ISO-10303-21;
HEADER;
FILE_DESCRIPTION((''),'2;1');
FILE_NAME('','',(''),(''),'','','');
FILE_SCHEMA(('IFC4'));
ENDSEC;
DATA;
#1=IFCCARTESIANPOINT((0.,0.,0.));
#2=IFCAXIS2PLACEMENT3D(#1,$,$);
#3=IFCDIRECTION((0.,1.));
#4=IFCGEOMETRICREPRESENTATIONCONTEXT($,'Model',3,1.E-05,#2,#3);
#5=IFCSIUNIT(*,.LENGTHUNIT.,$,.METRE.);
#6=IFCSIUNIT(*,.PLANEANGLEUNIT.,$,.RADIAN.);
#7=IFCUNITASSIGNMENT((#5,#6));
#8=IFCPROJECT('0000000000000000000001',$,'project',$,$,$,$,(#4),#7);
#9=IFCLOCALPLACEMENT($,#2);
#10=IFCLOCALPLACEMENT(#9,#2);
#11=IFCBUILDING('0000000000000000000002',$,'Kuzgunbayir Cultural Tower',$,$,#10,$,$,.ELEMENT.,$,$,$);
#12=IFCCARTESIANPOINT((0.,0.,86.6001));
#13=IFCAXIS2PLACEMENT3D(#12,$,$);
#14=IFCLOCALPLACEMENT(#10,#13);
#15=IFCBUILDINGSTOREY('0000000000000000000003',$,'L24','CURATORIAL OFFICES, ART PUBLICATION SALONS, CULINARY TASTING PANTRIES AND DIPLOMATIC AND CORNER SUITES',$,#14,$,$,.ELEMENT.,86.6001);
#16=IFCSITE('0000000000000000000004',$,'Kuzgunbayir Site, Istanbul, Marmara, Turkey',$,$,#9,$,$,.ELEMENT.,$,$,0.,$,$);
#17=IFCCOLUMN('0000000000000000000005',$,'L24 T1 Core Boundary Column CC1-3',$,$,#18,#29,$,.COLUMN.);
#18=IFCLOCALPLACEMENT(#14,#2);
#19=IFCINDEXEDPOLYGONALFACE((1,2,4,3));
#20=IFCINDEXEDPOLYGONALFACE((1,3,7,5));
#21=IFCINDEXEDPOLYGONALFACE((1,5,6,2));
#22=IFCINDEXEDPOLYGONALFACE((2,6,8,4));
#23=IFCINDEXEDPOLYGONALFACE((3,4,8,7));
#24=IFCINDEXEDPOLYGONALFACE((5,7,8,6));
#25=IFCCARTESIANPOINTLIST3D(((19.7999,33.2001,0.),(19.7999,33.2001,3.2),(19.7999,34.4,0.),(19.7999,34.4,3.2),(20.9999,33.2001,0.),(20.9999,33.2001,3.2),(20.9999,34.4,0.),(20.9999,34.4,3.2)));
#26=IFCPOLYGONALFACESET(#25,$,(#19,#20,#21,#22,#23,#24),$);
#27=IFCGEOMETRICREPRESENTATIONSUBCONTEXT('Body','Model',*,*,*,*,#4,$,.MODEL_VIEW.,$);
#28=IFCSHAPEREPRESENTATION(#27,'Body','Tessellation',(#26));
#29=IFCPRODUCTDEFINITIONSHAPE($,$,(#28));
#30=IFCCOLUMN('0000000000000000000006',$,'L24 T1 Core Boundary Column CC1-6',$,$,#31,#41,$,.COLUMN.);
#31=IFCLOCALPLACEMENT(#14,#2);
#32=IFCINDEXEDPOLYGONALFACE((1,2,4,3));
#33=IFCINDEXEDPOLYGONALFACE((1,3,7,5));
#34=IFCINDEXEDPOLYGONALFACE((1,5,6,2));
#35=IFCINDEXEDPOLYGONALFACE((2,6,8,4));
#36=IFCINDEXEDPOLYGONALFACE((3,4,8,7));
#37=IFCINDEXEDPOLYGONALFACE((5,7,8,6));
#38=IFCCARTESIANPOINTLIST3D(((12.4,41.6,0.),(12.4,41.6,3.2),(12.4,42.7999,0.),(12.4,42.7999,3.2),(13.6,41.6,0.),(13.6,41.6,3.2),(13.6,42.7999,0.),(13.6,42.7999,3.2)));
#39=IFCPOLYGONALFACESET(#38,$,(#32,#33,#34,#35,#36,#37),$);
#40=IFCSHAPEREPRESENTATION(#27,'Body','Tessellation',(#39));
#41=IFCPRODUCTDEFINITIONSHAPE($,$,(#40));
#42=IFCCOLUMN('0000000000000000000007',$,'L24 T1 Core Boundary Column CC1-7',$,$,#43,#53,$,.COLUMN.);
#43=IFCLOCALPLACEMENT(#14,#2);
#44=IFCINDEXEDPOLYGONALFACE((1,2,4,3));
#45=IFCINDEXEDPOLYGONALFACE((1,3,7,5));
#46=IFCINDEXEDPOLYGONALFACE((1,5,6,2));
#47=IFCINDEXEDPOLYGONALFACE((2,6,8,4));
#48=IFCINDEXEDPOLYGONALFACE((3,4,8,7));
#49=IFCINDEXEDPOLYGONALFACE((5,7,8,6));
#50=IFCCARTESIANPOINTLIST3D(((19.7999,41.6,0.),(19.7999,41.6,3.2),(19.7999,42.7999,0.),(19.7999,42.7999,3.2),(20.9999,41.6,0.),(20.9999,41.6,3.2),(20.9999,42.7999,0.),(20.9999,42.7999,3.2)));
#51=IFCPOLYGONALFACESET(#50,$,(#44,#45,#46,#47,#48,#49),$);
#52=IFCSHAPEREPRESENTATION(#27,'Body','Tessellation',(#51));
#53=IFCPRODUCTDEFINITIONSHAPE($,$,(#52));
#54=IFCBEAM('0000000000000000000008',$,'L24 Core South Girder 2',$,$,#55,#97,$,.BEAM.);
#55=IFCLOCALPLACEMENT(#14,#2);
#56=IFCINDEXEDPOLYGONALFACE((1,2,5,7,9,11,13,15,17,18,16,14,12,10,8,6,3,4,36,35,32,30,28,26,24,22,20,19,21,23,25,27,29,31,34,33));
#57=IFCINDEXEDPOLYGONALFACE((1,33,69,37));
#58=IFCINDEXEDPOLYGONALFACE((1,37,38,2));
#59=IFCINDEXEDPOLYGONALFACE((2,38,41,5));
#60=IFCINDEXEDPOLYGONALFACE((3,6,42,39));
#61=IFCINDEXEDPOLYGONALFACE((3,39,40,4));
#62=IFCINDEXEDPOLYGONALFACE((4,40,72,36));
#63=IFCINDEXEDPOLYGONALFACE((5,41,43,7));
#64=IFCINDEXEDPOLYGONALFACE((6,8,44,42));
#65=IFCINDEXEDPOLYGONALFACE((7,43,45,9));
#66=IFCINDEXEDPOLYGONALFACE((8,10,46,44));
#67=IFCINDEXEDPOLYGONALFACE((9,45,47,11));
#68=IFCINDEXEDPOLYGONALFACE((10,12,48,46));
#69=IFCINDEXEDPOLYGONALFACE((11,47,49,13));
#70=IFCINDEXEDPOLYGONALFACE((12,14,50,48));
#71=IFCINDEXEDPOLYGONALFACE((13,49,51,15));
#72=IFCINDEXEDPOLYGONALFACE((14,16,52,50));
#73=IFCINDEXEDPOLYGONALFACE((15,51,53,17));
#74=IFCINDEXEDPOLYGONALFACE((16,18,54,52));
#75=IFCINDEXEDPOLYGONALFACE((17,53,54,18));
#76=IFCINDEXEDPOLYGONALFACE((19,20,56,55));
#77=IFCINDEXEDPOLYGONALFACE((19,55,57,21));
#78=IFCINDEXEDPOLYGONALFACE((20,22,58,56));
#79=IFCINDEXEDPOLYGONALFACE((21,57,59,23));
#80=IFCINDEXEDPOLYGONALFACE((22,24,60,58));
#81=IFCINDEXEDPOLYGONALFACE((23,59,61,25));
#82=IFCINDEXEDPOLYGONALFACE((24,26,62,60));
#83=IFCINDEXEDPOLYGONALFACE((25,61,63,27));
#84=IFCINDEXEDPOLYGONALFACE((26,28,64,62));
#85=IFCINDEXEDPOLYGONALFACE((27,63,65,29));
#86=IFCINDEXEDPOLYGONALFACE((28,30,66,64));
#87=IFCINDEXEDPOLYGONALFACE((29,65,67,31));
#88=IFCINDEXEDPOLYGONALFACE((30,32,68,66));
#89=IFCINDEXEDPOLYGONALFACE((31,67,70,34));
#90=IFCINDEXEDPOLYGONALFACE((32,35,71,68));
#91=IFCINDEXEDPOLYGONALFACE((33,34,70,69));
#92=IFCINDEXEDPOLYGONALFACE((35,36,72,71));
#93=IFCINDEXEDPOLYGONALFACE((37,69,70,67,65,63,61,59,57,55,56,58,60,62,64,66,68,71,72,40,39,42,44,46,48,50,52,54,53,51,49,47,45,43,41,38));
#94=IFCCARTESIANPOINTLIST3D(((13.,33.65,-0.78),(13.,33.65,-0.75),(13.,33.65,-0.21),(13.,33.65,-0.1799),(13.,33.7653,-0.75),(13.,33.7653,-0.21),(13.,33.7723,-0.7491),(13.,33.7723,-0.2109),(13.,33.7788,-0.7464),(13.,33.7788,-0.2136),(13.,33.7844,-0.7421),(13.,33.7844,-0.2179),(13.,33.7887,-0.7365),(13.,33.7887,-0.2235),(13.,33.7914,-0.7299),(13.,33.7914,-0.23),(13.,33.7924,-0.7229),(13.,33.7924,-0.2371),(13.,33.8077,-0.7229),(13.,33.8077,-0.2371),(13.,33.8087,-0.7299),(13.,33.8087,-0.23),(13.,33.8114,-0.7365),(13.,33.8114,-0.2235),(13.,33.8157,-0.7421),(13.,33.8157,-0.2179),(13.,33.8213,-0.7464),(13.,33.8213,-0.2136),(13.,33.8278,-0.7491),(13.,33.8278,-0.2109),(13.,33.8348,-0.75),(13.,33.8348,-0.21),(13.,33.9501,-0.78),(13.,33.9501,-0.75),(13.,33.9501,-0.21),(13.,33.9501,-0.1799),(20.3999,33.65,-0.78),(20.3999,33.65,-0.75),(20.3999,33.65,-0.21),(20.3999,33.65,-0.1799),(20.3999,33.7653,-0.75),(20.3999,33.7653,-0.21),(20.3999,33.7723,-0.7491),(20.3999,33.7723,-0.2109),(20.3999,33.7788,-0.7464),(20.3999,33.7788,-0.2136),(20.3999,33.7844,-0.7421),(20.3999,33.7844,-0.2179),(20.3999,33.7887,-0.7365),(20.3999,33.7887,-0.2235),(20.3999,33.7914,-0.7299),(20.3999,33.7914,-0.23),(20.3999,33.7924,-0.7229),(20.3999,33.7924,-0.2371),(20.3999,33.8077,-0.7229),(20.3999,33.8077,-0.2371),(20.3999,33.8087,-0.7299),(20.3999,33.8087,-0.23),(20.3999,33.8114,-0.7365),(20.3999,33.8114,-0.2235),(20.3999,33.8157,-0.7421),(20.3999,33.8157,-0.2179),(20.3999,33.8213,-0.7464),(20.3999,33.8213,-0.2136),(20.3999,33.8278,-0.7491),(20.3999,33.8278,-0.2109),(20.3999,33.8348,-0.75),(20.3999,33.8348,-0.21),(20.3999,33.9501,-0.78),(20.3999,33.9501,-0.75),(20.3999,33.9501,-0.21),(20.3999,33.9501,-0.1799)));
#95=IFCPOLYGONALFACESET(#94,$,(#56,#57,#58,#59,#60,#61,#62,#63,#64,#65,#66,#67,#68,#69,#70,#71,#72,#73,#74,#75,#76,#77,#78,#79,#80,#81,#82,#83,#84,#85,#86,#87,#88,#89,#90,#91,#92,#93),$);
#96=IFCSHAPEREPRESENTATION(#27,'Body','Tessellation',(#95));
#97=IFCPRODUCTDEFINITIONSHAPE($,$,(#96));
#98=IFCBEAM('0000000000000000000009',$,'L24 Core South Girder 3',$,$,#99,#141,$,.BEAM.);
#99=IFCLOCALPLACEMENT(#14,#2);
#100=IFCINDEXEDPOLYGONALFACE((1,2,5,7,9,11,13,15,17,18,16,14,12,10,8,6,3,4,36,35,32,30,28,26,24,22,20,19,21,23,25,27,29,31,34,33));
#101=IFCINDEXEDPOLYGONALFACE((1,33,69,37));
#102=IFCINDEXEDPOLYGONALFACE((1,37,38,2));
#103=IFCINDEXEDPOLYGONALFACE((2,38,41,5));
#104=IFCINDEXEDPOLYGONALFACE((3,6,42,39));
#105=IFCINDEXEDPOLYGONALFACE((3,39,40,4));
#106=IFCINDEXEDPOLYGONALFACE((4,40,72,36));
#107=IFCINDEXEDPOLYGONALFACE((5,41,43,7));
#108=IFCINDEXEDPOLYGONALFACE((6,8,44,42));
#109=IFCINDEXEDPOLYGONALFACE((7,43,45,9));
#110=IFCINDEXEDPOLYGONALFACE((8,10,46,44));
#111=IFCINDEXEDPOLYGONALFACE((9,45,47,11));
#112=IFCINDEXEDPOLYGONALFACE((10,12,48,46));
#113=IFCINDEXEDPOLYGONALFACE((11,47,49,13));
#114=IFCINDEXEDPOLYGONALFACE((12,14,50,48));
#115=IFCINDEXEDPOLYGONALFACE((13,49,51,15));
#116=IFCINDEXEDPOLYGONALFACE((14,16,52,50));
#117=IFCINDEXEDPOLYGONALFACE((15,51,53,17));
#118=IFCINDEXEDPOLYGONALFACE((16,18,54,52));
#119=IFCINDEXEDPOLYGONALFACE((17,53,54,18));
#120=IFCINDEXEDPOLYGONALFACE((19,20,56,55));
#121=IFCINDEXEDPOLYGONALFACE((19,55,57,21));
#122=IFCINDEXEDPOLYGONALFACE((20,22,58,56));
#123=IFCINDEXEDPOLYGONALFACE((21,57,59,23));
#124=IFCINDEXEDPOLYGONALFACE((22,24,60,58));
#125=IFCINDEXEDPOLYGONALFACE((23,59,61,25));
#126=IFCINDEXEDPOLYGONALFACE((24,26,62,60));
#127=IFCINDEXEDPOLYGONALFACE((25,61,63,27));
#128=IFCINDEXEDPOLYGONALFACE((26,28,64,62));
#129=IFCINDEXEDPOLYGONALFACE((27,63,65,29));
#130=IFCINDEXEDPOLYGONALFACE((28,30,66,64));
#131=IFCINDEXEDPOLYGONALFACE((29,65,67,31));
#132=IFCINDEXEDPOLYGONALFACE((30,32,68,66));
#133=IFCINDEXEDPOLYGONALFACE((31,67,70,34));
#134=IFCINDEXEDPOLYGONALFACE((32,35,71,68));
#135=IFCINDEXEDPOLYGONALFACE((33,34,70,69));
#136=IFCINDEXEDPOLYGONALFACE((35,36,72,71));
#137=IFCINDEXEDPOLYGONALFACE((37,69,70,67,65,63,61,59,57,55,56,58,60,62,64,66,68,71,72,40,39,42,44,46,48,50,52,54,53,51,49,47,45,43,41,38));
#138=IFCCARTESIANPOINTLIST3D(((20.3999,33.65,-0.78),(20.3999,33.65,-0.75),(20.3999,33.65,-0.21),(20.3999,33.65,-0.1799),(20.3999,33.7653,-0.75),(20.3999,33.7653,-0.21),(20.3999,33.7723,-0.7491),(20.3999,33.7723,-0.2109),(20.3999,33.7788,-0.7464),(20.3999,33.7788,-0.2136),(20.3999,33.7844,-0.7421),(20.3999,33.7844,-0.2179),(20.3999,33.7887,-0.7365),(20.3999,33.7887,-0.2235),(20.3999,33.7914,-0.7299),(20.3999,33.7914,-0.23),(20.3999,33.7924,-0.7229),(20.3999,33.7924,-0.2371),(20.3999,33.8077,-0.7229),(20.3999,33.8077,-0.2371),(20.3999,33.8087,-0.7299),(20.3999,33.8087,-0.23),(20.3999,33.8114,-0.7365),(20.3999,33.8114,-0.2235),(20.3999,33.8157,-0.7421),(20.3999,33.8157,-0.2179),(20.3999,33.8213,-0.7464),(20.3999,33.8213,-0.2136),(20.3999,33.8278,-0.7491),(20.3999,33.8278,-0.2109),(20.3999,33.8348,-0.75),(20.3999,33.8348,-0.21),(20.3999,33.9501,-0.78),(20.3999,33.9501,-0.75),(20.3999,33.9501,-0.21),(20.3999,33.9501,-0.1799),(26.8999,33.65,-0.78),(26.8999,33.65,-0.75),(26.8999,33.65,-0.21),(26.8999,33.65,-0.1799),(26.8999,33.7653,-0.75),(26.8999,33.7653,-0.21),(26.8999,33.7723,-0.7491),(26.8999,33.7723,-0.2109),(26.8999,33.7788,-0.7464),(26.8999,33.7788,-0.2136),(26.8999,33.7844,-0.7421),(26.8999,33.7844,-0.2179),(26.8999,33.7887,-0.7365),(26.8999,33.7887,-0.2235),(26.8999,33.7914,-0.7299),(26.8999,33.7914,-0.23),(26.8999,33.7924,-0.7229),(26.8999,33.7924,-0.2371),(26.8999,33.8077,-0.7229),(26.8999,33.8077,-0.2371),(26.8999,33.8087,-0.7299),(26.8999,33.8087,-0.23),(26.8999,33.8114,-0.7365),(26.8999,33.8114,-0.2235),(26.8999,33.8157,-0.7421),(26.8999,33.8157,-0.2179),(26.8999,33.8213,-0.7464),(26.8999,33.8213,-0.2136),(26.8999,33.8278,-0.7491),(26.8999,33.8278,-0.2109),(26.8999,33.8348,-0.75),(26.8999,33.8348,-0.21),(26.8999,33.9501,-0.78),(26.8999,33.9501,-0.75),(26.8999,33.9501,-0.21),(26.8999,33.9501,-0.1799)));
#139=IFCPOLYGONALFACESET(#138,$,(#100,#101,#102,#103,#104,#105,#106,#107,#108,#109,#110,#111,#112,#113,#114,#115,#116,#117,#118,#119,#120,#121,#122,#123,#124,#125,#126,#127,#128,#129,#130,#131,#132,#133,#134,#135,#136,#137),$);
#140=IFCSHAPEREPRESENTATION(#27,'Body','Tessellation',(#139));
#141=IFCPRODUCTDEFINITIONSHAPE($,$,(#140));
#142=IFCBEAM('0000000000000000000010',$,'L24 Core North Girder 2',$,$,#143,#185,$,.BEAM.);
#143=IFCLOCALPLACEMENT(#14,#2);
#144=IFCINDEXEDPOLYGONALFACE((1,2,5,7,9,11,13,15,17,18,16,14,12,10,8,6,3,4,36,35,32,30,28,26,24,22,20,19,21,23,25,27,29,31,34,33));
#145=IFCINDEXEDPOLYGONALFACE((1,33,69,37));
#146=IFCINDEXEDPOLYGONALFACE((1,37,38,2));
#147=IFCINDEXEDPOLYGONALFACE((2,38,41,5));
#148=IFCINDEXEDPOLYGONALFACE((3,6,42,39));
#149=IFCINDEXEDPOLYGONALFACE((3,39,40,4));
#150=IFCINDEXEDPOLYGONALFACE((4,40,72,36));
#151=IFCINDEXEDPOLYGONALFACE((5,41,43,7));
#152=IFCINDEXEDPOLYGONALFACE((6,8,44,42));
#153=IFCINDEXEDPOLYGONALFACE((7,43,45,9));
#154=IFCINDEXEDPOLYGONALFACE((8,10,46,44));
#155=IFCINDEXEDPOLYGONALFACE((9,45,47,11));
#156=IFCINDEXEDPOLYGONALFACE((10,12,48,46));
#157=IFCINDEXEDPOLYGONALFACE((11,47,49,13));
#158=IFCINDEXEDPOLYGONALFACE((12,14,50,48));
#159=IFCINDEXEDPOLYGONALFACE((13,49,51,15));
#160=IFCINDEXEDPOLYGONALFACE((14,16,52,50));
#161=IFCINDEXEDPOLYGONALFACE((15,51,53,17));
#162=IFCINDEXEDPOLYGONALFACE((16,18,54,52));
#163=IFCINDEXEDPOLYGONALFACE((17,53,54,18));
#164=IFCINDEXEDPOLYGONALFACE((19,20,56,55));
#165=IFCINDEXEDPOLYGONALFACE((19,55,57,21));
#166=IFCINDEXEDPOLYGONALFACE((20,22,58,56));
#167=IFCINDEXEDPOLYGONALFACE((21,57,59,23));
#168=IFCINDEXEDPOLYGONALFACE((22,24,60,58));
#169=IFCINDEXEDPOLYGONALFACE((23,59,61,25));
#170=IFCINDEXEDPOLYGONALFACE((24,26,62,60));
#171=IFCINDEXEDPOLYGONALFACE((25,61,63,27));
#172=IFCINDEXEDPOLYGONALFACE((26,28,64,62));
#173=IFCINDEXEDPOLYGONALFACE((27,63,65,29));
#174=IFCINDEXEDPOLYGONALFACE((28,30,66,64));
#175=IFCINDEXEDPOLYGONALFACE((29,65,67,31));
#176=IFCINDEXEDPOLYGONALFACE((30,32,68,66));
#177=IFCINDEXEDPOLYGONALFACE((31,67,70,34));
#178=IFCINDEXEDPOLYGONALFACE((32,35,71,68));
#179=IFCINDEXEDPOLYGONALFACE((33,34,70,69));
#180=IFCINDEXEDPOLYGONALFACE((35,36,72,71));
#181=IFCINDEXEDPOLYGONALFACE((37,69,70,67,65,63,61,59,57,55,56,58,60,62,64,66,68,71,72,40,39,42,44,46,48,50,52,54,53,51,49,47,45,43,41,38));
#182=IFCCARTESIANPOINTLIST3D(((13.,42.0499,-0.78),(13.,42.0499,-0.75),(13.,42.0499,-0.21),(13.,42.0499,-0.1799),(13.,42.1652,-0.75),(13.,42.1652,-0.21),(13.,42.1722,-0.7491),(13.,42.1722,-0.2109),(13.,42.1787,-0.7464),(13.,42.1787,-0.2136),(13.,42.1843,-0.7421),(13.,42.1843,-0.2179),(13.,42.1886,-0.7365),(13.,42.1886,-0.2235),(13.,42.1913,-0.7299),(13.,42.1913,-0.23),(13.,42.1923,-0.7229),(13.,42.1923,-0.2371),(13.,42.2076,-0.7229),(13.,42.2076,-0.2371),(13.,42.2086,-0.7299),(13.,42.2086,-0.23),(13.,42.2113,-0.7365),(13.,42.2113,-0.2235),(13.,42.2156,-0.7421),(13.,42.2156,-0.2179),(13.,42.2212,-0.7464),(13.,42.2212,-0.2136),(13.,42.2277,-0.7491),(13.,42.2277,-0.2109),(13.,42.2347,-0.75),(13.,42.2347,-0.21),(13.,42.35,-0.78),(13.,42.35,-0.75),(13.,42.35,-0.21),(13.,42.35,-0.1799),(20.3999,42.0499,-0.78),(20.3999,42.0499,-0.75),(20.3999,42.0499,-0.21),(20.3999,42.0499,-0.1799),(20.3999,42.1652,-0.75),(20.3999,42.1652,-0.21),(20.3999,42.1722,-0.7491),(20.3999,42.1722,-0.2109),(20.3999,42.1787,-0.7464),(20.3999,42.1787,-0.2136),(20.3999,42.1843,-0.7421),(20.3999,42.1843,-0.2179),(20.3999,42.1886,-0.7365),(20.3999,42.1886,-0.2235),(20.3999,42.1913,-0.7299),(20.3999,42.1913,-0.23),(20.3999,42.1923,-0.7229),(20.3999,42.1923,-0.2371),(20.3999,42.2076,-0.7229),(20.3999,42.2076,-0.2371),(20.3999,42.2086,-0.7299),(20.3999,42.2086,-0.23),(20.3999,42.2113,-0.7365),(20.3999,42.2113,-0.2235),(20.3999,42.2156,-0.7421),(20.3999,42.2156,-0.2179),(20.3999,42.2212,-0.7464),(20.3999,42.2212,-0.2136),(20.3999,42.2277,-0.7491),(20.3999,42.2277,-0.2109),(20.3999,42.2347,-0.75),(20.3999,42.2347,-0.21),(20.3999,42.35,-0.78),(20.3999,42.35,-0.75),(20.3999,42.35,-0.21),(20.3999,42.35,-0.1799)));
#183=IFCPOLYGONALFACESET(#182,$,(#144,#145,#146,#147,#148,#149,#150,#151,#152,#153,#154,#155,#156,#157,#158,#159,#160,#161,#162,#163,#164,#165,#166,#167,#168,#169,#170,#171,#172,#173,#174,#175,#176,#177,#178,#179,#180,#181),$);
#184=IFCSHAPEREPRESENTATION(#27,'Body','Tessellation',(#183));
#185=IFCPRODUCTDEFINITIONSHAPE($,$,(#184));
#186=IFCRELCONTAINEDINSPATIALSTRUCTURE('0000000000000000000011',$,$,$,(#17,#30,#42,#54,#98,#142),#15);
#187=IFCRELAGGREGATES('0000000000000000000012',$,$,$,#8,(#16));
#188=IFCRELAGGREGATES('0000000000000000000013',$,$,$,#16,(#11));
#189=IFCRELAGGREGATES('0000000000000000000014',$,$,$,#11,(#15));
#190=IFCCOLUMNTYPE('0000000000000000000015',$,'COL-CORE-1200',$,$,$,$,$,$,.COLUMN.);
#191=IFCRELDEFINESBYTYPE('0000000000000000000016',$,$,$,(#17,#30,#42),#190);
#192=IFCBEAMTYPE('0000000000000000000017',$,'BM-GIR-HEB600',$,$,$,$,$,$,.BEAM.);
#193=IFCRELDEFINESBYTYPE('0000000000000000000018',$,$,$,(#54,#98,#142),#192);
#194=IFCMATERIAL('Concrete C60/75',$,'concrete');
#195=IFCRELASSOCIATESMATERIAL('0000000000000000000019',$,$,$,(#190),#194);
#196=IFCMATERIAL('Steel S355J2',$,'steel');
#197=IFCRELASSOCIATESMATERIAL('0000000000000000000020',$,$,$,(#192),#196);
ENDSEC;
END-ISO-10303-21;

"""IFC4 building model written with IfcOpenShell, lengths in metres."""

from ifc_helpers import new_model, si_unit, direction, frame, origin, origin_2d, place, context, subcontext, project, spatial, rectangle, i_section, extrude, material, material_profile, profile_set, type_object, element, save


model = new_model("IFC4")

# Units and contexts
model_context = context("Model", 3, precision=1e-05, world=origin(), true_north=direction((0.0, 1.0)))
body_context = subcontext(model_context, "Body", "Model", "MODEL_VIEW")
ifc_project = project(units=[si_unit("LENGTHUNIT", "METRE"), si_unit("PLANEANGLEUNIT", "RADIAN")], contexts=[model_context])

# Site, building, storey
site_placement = place(None, origin())
site = spatial("IfcSite", under=ifc_project, at=site_placement, Name="Kuzgunbayir Site, Istanbul, Marmara, Turkey", CompositionType="ELEMENT", RefElevation=0.0)
building_placement = place(site_placement, origin())
building = spatial("IfcBuilding", under=site, at=building_placement, Name="Kuzgunbayir Cultural Tower", CompositionType="ELEMENT")
storey_placement = place(building_placement, frame((0.0, 0.0, 86.6001)))
storey = spatial("IfcBuildingStorey", under=building, at=storey_placement, Name="L24", Description="CURATORIAL OFFICES, ART PUBLICATION SALONS, CULINARY TASTING PANTRIES AND DIPLOMATIC AND CORNER SUITES", CompositionType="ELEMENT", Elevation=86.6001)

# Columns
ifc_material_1 = material(Name="Concrete C60/75", Category="concrete")
ifc_material_profile_1 = material_profile(ifc_material_1, rectangle(XDim=1.2, YDim=1.2, at=origin_2d()), Name="RC 1200x1200")
ifc_profile_set_1 = profile_set([ifc_material_profile_1], Name="Concrete C60/75")
column_type = type_object("IfcColumnType", Name="COL-CORE-1200", PredefinedType="COLUMN", material=ifc_profile_set_1)
for number, where, z_axis, x_axis, name in (
    (1, (20.3999, 33.8, 0.0), (0.0, 0.0, 1.0), (1.0, 0.0, 0.0), "L24 T1 Core Boundary Column CC1-3"),
    (2, (13.0, 42.2, 0.0), (0.0, 0.0, 1.0), (1.0, 0.0, 0.0), "L24 T1 Core Boundary Column CC1-6"),
    (3, (20.3999, 42.2, 0.0), (0.0, 0.0, 1.0), (1.0, 0.0, 0.0), "L24 T1 Core Boundary Column CC1-7"),
):
    element("IfcColumn", number, at=place(storey_placement, frame(where, z_axis=z_axis, x_axis=x_axis)), inside=storey, type_object=column_type, Name=name, PredefinedType="COLUMN", context=body_context, shape_type="SweptSolid", body=[
        extrude(rectangle(XDim=1.2, YDim=1.2, at=origin_2d()), origin(), (0.0, 0.0, 1.0), 3.2),
    ])

# Beams
ifc_material_2 = material(Name="Steel S355J2", Category="steel")
ifc_material_profile_2 = material_profile(ifc_material_2, i_section(OverallWidth=0.3, OverallDepth=0.6001, WebThickness=0.0154, FlangeThickness=0.03, FilletRadius=0.0271, at=origin_2d()), Name="HEB 600")
ifc_profile_set_2 = profile_set([ifc_material_profile_2], Name="Steel S355J2")
beam_type = type_object("IfcBeamType", Name="BM-GIR-HEB600", PredefinedType="BEAM", material=ifc_profile_set_2)
beam_1_placement = place(storey_placement, frame((13.0, 33.8, -0.48), z_axis=(1.0, 0.0, 0.0), x_axis=(0.0, 1.0, 0.0)))
element("IfcBeam", 4, at=beam_1_placement, inside=storey, type_object=beam_type, Name="L24 Core South Girder 2", PredefinedType="BEAM", context=body_context, shape_type="SweptSolid", body=[
    extrude(i_section(OverallWidth=0.3, OverallDepth=0.6001, WebThickness=0.0154, FlangeThickness=0.03, FilletRadius=0.0271, at=origin_2d()), origin(), (0.0, 0.0, 1.0), 7.3999),
])
beam_2_placement = place(storey_placement, frame((20.3999, 33.8, -0.48), z_axis=(1.0, 0.0, 0.0), x_axis=(0.0, 1.0, 0.0)))
element("IfcBeam", 5, at=beam_2_placement, inside=storey, type_object=beam_type, Name="L24 Core South Girder 3", PredefinedType="BEAM", context=body_context, shape_type="SweptSolid", body=[
    extrude(i_section(OverallWidth=0.3, OverallDepth=0.6001, WebThickness=0.0154, FlangeThickness=0.03, FilletRadius=0.0271, at=origin_2d()), origin(), (0.0, 0.0, 1.0), 6.5),
])
beam_3_placement = place(storey_placement, frame((13.0, 42.2, -0.48), z_axis=(1.0, 0.0, 0.0), x_axis=(0.0, 1.0, 0.0)))
element("IfcBeam", 6, at=beam_3_placement, inside=storey, type_object=beam_type, Name="L24 Core North Girder 2", PredefinedType="BEAM", context=body_context, shape_type="SweptSolid", body=[
    extrude(i_section(OverallWidth=0.3, OverallDepth=0.6001, WebThickness=0.0154, FlangeThickness=0.03, FilletRadius=0.0271, at=origin_2d()), origin(), (0.0, 0.0, 1.0), 7.3999),
])

save(model, "model.ifc")
